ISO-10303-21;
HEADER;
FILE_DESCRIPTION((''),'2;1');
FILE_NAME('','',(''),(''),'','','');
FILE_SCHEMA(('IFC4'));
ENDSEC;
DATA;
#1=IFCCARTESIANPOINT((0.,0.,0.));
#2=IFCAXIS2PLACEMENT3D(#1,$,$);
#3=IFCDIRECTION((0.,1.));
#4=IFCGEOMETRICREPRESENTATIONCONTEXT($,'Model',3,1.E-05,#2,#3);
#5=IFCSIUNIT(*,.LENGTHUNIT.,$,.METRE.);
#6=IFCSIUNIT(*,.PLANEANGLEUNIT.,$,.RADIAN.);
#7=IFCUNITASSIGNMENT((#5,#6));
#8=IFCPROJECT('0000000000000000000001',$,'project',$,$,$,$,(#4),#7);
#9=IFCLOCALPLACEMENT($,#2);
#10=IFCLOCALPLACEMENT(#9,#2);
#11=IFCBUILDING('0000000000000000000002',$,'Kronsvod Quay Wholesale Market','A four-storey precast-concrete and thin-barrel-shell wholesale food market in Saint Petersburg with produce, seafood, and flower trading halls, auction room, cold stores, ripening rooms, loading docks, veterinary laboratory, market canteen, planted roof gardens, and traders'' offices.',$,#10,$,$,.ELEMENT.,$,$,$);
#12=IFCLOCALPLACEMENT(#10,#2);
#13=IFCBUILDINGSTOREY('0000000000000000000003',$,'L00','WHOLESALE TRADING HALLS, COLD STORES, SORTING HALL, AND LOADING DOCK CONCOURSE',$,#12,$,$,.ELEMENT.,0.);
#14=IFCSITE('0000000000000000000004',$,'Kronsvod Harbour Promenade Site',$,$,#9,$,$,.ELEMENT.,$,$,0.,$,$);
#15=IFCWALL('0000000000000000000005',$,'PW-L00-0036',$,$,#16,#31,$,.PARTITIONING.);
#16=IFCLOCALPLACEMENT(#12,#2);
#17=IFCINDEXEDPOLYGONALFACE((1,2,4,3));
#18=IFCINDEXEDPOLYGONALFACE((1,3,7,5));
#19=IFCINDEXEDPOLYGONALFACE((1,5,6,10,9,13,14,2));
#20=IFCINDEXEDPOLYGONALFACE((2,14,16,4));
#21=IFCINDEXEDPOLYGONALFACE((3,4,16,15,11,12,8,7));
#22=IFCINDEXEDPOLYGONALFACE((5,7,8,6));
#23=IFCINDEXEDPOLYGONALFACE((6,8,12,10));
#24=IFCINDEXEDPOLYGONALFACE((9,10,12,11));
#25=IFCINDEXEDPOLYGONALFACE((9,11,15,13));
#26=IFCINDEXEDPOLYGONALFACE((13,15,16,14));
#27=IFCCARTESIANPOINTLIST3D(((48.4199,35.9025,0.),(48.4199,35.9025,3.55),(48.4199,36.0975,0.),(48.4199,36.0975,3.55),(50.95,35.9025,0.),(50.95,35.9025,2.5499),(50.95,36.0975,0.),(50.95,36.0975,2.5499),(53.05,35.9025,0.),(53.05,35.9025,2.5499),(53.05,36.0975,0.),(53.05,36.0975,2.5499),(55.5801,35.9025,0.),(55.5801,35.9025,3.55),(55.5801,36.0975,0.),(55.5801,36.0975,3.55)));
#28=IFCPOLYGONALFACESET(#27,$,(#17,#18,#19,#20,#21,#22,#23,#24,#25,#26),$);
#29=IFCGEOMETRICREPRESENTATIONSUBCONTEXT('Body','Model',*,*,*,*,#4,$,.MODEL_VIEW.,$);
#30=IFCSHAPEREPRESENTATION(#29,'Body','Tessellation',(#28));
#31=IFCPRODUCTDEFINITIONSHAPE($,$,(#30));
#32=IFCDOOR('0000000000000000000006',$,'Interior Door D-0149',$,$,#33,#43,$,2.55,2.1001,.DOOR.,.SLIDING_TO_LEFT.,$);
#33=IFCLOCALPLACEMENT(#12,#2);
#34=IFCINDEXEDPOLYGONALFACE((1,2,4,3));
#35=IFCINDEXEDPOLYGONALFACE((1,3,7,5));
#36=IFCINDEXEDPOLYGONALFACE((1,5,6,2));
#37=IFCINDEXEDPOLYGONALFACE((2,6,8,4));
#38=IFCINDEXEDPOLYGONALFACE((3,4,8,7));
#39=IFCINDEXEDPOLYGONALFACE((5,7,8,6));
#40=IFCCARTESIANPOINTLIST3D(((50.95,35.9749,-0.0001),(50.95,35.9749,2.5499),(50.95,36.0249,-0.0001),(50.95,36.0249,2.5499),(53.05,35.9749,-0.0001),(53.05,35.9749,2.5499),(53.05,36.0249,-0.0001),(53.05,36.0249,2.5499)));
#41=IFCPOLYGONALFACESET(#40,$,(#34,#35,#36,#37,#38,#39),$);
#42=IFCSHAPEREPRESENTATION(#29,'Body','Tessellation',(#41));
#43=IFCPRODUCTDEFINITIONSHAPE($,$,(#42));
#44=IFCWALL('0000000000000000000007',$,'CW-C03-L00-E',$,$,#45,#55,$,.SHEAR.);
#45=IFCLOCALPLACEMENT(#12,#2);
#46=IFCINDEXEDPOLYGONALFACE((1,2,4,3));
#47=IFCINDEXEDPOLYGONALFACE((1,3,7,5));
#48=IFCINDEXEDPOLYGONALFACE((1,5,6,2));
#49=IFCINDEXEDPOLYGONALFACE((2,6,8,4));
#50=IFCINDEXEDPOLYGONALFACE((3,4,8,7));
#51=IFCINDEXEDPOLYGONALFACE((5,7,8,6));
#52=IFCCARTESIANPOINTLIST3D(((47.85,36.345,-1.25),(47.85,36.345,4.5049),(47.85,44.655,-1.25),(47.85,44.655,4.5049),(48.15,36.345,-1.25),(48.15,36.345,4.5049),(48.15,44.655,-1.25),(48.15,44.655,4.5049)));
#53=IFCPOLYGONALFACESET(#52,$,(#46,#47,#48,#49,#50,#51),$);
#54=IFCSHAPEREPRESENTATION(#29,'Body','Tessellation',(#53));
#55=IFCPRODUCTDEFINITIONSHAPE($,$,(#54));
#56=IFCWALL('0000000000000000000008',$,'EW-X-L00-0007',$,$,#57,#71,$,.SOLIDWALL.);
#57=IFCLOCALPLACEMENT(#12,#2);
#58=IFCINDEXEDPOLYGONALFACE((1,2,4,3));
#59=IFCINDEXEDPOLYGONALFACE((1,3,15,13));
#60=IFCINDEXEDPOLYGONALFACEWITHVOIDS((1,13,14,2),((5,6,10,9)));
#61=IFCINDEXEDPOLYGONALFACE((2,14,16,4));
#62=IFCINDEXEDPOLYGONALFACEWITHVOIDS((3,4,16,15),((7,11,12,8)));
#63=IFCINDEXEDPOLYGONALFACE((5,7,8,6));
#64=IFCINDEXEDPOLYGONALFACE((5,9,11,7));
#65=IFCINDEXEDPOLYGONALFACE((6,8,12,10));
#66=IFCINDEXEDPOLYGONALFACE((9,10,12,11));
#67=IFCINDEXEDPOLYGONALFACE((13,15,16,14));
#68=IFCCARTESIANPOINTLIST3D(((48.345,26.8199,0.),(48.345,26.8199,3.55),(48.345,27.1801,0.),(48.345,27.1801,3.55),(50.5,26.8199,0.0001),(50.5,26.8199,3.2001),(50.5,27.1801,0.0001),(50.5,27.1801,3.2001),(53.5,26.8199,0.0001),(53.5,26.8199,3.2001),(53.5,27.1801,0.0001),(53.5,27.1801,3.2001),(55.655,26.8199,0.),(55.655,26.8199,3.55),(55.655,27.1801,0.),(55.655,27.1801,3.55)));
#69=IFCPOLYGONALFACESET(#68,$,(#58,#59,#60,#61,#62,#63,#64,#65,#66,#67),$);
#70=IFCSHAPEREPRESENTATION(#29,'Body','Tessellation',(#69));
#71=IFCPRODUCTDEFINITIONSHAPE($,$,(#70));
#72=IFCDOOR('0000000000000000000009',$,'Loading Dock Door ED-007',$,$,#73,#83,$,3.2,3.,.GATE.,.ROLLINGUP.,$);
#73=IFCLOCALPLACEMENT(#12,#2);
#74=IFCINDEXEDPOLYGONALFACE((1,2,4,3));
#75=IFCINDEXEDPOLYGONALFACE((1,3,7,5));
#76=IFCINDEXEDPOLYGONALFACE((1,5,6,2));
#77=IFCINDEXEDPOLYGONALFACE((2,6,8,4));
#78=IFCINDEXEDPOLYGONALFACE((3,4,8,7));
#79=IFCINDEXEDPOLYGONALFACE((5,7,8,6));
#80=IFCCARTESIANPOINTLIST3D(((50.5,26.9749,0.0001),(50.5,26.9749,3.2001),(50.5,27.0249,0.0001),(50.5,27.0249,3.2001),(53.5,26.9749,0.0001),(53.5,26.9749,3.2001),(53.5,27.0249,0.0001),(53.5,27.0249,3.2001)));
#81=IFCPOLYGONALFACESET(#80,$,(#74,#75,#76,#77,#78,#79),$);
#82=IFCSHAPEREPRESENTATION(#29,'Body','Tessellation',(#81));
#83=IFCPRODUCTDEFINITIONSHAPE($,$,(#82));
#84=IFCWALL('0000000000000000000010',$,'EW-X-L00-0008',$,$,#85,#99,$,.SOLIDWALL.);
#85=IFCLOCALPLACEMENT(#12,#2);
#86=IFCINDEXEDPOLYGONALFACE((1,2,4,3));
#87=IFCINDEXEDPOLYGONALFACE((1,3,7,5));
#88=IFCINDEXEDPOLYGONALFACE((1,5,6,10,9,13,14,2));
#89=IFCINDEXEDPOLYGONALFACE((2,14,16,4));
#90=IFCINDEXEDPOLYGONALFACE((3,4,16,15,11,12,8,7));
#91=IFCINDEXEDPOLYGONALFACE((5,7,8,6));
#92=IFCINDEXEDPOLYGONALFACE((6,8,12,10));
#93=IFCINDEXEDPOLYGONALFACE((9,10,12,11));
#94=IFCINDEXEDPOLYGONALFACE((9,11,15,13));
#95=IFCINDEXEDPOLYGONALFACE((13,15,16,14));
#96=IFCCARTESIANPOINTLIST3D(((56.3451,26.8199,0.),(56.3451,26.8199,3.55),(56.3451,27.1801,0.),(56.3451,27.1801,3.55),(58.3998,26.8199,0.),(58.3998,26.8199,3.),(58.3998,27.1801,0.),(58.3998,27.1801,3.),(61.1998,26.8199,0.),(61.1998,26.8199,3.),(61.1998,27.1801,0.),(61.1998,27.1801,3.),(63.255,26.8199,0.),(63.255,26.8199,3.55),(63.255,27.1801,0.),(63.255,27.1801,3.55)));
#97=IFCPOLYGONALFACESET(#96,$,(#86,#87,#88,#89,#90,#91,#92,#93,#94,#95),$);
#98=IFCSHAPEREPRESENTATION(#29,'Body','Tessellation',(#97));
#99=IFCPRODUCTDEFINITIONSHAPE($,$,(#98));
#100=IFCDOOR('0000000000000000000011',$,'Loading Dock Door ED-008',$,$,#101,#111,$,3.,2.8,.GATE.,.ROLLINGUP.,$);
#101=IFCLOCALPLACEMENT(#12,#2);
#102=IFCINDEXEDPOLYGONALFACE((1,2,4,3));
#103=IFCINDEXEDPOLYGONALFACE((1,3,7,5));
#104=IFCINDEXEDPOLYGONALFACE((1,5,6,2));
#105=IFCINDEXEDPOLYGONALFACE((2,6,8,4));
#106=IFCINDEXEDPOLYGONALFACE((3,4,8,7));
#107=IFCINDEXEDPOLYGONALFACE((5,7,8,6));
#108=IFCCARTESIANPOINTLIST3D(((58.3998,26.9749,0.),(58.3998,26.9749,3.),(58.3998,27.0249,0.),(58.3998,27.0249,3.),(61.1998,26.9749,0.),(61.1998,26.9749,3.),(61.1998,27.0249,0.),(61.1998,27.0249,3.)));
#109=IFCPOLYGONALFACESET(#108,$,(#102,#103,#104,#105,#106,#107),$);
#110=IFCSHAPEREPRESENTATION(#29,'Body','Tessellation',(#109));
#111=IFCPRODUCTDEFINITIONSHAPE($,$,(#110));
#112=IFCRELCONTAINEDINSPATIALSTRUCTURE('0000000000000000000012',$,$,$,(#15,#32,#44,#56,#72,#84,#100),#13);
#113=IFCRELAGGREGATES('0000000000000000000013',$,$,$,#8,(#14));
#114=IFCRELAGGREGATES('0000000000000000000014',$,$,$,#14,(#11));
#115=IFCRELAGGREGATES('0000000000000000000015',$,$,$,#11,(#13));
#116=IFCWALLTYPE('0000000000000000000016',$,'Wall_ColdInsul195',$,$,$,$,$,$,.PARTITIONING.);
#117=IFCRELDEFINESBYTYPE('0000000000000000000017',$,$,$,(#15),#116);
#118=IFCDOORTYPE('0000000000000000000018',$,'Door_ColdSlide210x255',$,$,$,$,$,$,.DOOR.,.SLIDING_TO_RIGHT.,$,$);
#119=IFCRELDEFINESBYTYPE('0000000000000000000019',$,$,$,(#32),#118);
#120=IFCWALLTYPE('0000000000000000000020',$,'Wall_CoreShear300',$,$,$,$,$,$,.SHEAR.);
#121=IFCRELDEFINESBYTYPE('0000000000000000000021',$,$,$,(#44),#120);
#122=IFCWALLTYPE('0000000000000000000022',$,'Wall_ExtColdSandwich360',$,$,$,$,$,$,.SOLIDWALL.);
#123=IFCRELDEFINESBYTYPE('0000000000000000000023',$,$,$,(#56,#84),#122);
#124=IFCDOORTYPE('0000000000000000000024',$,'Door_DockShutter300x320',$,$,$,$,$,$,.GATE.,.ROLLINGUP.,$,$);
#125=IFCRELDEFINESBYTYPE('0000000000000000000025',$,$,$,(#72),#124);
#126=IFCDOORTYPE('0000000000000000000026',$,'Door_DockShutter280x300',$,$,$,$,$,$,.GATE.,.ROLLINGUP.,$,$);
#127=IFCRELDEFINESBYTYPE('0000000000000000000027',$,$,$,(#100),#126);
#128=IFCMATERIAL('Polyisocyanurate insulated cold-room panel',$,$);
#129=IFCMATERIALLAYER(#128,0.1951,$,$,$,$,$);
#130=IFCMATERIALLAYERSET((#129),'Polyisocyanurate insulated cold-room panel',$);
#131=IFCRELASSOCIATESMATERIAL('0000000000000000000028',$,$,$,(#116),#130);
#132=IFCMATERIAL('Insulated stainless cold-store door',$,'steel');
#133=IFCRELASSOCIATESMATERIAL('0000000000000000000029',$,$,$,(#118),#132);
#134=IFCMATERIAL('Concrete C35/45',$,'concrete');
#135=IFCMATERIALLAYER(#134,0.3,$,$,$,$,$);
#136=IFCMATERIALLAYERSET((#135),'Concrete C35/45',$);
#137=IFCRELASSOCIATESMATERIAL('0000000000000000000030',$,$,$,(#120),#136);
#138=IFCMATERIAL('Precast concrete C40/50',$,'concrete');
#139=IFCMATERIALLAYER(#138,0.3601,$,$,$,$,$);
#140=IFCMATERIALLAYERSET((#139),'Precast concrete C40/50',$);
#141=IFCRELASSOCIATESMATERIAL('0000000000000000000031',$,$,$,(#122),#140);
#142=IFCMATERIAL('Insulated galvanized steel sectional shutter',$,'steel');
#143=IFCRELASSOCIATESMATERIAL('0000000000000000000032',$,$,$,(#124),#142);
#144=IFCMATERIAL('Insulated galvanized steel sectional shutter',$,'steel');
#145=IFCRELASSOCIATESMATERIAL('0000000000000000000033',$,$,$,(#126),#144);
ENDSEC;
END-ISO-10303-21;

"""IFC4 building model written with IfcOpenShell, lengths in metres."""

from ifc_helpers import new_model, si_unit, direction, frame, frame_2d, origin, place, context, subcontext, project, spatial, rectangle, extrude, material, layer, layer_set, type_object, element, fill, save


model = new_model("IFC4")

# Units and contexts
model_context = context("Model", 3, precision=1e-05, world=origin(), true_north=direction((0.0, 1.0)))
body_context = subcontext(model_context, "Body", "Model", "MODEL_VIEW")
ifc_project = project(units=[si_unit("LENGTHUNIT", "METRE"), si_unit("PLANEANGLEUNIT", "RADIAN")], contexts=[model_context])

# Site, building, storey
site_placement = place(None, origin())
site = spatial("IfcSite", under=ifc_project, at=site_placement, Name="Kronsvod Harbour Promenade Site", CompositionType="ELEMENT", RefElevation=0.0)
building_placement = place(site_placement, origin())
building = spatial("IfcBuilding", under=site, at=building_placement, Name="Kronsvod Quay Wholesale Market", Description="A four-storey precast-concrete and thin-barrel-shell wholesale food market in Saint Petersburg with produce, seafood, and flower trading halls, auction room, cold stores, ripening rooms, loading docks, veterinary laboratory, market canteen, planted roof gardens, and traders' offices.", CompositionType="ELEMENT")
storey_placement = place(building_placement, origin())
storey = spatial("IfcBuildingStorey", under=building, at=storey_placement, Name="L00", Description="WHOLESALE TRADING HALLS, COLD STORES, SORTING HALL, AND LOADING DOCK CONCOURSE", CompositionType="ELEMENT", Elevation=0.0)

# Wall, opening, door
ifc_material_1 = material(Name="Polyisocyanurate insulated cold-room panel")
ifc_layer_1 = layer(ifc_material_1, 0.1951)
ifc_layer_set_1 = layer_set([ifc_layer_1], Name="Polyisocyanurate insulated cold-room panel")
wall_type_1 = type_object("IfcWallType", Name="Wall_ColdInsul195", PredefinedType="PARTITIONING", material=ifc_layer_set_1)
wall_1_placement = place(storey_placement, frame((48.4199, 36.0, 0.0), z_axis=(0.0, 0.0, 1.0), x_axis=(1.0, 0.0, 0.0)))
wall_1 = element("IfcWall", 1, at=wall_1_placement, inside=storey, type_object=wall_type_1, Name="PW-L00-0036", PredefinedType="PARTITIONING", context=body_context, shape_type="SweptSolid", body=[
    extrude(rectangle(XDim=7.1602, YDim=0.1951, at=frame_2d((3.5801, 0.0))), origin(), (0.0, 0.0, 1.0), 3.55),
])
opening_1_placement = place(wall_1_placement, frame((2.53, 0.0, 0.0)))
opening_1 = element("IfcOpeningElement", 2, at=opening_1_placement, cuts=wall_1, PredefinedType="OPENING", context=body_context, shape_type="SweptSolid", body=[
    extrude(rectangle(XDim=2.1001, YDim=2.55, at=frame_2d((1.05, 1.2749))), frame((0.0, 0.1074, 0.0), z_axis=(0.0, -1.0, 0.0), x_axis=(1.0, 0.0, 0.0)), (0.0, 0.0, 1.0), 0.2151),
])
ifc_material_2 = material(Name="Insulated stainless cold-store door", Category="steel")
door_type_1 = type_object("IfcDoorType", Name="Door_ColdSlide210x255", OperationType="SLIDING_TO_RIGHT", PredefinedType="DOOR", material=ifc_material_2)
door_1_placement = place(opening_1_placement, origin())
door_1 = element("IfcDoor", 3, at=door_1_placement, inside=storey, type_object=door_type_1, Name="Interior Door D-0149", OperationType="SLIDING_TO_LEFT", OverallHeight=2.55, OverallWidth=2.1001, PredefinedType="DOOR", context=body_context, shape_type="SweptSolid", body=[
    extrude(rectangle(XDim=2.1001, YDim=2.55, at=frame_2d((1.05, 1.2749))), frame((0.0, 0.0249, 0.0), z_axis=(0.0, -1.0, 0.0), x_axis=(1.0, 0.0, 0.0)), (0.0, 0.0, 1.0), 0.05),
])
fill(opening_1, door_1)

# Wall
ifc_material_3 = material(Name="Concrete C35/45", Category="concrete")
ifc_layer_2 = layer(ifc_material_3, 0.3)
ifc_layer_set_2 = layer_set([ifc_layer_2], Name="Concrete C35/45")
wall_type_2 = type_object("IfcWallType", Name="Wall_CoreShear300", PredefinedType="SHEAR", material=ifc_layer_set_2)
wall_2_placement = place(storey_placement, frame((48.0, 36.345, -1.25), z_axis=(0.0, 0.0, 1.0), x_axis=(0.0, 1.0, 0.0)))
element("IfcWall", 4, at=wall_2_placement, inside=storey, type_object=wall_type_2, Name="CW-C03-L00-E", PredefinedType="SHEAR", context=body_context, shape_type="SweptSolid", body=[
    extrude(rectangle(XDim=8.3101, YDim=0.3, at=frame_2d((4.155, 0.0))), origin(), (0.0, 0.0, 1.0), 5.7549),
])

# Walls, openings, doors
ifc_material_4 = material(Name="Precast concrete C40/50", Category="concrete")
ifc_layer_3 = layer(ifc_material_4, 0.3601)
ifc_layer_set_3 = layer_set([ifc_layer_3], Name="Precast concrete C40/50")
wall_type_3 = type_object("IfcWallType", Name="Wall_ExtColdSandwich360", PredefinedType="SOLIDWALL", material=ifc_layer_set_3)
wall_3_placement = place(storey_placement, frame((48.345, 27.0, 0.0), z_axis=(0.0, 0.0, 1.0), x_axis=(1.0, 0.0, 0.0)))
wall_3 = element("IfcWall", 5, at=wall_3_placement, inside=storey, type_object=wall_type_3, Name="EW-X-L00-0007", PredefinedType="SOLIDWALL", context=body_context, shape_type="SweptSolid", body=[
    extrude(rectangle(XDim=7.3101, YDim=0.3601, at=frame_2d((3.655, 0.0))), origin(), (0.0, 0.0, 1.0), 3.55),
])
opening_2_placement = place(wall_3_placement, frame((2.155, 0.0, 0.0)))
opening_2 = element("IfcOpeningElement", 6, at=opening_2_placement, cuts=wall_3, PredefinedType="OPENING", context=body_context, shape_type="SweptSolid", body=[
    extrude(rectangle(XDim=3.0, YDim=3.2, at=frame_2d((1.5, 1.6001))), frame((0.0, 0.1899, 0.0), z_axis=(0.0, -1.0, 0.0), x_axis=(1.0, 0.0, 0.0)), (0.0, 0.0, 1.0), 0.3801),
])
ifc_material_5 = material(Name="Insulated galvanized steel sectional shutter", Category="steel")
door_type_2 = type_object("IfcDoorType", Name="Door_DockShutter300x320", OperationType="ROLLINGUP", PredefinedType="GATE", material=ifc_material_5)
door_2_placement = place(opening_2_placement, origin())
door_2 = element("IfcDoor", 7, at=door_2_placement, inside=storey, type_object=door_type_2, Name="Loading Dock Door ED-007", OperationType="ROLLINGUP", OverallHeight=3.2, OverallWidth=3.0, PredefinedType="GATE", context=body_context, shape_type="SweptSolid", body=[
    extrude(rectangle(XDim=3.0, YDim=3.2, at=frame_2d((1.5, 1.6001))), frame((0.0, 0.0249, 0.0), z_axis=(0.0, -1.0, 0.0), x_axis=(1.0, 0.0, 0.0)), (0.0, 0.0, 1.0), 0.05),
])
fill(opening_2, door_2)
wall_4_placement = place(storey_placement, frame((56.345, 27.0, 0.0), z_axis=(0.0, 0.0, 1.0), x_axis=(1.0, 0.0, 0.0)))
wall_4 = element("IfcWall", 8, at=wall_4_placement, inside=storey, type_object=wall_type_3, Name="EW-X-L00-0008", PredefinedType="SOLIDWALL", context=body_context, shape_type="SweptSolid", body=[
    extrude(rectangle(XDim=6.9099, YDim=0.3601, at=frame_2d((3.4551, 0.0))), origin(), (0.0, 0.0, 1.0), 3.55),
])
opening_3_placement = place(wall_4_placement, frame((2.0549, 0.0, 0.0)))
opening_3 = element("IfcOpeningElement", 9, at=opening_3_placement, cuts=wall_4, PredefinedType="OPENING", context=body_context, shape_type="SweptSolid", body=[
    extrude(rectangle(XDim=2.8, YDim=3.0, at=frame_2d((1.3999, 1.5))), frame((0.0, 0.1899, 0.0), z_axis=(0.0, -1.0, 0.0), x_axis=(1.0, 0.0, 0.0)), (0.0, 0.0, 1.0), 0.3801),
])
ifc_material_6 = material(Name="Insulated galvanized steel sectional shutter", Category="steel")
door_type_3 = type_object("IfcDoorType", Name="Door_DockShutter280x300", OperationType="ROLLINGUP", PredefinedType="GATE", material=ifc_material_6)
door_3_placement = place(opening_3_placement, origin())
door_3 = element("IfcDoor", 10, at=door_3_placement, inside=storey, type_object=door_type_3, Name="Loading Dock Door ED-008", OperationType="ROLLINGUP", OverallHeight=3.0, OverallWidth=2.8, PredefinedType="GATE", context=body_context, shape_type="SweptSolid", body=[
    extrude(rectangle(XDim=2.8, YDim=3.0, at=frame_2d((1.3999, 1.5))), frame((0.0, 0.0249, 0.0), z_axis=(0.0, -1.0, 0.0), x_axis=(1.0, 0.0, 0.0)), (0.0, 0.0, 1.0), 0.05),
])
fill(opening_3, door_3)

save(model, "model.ifc")
